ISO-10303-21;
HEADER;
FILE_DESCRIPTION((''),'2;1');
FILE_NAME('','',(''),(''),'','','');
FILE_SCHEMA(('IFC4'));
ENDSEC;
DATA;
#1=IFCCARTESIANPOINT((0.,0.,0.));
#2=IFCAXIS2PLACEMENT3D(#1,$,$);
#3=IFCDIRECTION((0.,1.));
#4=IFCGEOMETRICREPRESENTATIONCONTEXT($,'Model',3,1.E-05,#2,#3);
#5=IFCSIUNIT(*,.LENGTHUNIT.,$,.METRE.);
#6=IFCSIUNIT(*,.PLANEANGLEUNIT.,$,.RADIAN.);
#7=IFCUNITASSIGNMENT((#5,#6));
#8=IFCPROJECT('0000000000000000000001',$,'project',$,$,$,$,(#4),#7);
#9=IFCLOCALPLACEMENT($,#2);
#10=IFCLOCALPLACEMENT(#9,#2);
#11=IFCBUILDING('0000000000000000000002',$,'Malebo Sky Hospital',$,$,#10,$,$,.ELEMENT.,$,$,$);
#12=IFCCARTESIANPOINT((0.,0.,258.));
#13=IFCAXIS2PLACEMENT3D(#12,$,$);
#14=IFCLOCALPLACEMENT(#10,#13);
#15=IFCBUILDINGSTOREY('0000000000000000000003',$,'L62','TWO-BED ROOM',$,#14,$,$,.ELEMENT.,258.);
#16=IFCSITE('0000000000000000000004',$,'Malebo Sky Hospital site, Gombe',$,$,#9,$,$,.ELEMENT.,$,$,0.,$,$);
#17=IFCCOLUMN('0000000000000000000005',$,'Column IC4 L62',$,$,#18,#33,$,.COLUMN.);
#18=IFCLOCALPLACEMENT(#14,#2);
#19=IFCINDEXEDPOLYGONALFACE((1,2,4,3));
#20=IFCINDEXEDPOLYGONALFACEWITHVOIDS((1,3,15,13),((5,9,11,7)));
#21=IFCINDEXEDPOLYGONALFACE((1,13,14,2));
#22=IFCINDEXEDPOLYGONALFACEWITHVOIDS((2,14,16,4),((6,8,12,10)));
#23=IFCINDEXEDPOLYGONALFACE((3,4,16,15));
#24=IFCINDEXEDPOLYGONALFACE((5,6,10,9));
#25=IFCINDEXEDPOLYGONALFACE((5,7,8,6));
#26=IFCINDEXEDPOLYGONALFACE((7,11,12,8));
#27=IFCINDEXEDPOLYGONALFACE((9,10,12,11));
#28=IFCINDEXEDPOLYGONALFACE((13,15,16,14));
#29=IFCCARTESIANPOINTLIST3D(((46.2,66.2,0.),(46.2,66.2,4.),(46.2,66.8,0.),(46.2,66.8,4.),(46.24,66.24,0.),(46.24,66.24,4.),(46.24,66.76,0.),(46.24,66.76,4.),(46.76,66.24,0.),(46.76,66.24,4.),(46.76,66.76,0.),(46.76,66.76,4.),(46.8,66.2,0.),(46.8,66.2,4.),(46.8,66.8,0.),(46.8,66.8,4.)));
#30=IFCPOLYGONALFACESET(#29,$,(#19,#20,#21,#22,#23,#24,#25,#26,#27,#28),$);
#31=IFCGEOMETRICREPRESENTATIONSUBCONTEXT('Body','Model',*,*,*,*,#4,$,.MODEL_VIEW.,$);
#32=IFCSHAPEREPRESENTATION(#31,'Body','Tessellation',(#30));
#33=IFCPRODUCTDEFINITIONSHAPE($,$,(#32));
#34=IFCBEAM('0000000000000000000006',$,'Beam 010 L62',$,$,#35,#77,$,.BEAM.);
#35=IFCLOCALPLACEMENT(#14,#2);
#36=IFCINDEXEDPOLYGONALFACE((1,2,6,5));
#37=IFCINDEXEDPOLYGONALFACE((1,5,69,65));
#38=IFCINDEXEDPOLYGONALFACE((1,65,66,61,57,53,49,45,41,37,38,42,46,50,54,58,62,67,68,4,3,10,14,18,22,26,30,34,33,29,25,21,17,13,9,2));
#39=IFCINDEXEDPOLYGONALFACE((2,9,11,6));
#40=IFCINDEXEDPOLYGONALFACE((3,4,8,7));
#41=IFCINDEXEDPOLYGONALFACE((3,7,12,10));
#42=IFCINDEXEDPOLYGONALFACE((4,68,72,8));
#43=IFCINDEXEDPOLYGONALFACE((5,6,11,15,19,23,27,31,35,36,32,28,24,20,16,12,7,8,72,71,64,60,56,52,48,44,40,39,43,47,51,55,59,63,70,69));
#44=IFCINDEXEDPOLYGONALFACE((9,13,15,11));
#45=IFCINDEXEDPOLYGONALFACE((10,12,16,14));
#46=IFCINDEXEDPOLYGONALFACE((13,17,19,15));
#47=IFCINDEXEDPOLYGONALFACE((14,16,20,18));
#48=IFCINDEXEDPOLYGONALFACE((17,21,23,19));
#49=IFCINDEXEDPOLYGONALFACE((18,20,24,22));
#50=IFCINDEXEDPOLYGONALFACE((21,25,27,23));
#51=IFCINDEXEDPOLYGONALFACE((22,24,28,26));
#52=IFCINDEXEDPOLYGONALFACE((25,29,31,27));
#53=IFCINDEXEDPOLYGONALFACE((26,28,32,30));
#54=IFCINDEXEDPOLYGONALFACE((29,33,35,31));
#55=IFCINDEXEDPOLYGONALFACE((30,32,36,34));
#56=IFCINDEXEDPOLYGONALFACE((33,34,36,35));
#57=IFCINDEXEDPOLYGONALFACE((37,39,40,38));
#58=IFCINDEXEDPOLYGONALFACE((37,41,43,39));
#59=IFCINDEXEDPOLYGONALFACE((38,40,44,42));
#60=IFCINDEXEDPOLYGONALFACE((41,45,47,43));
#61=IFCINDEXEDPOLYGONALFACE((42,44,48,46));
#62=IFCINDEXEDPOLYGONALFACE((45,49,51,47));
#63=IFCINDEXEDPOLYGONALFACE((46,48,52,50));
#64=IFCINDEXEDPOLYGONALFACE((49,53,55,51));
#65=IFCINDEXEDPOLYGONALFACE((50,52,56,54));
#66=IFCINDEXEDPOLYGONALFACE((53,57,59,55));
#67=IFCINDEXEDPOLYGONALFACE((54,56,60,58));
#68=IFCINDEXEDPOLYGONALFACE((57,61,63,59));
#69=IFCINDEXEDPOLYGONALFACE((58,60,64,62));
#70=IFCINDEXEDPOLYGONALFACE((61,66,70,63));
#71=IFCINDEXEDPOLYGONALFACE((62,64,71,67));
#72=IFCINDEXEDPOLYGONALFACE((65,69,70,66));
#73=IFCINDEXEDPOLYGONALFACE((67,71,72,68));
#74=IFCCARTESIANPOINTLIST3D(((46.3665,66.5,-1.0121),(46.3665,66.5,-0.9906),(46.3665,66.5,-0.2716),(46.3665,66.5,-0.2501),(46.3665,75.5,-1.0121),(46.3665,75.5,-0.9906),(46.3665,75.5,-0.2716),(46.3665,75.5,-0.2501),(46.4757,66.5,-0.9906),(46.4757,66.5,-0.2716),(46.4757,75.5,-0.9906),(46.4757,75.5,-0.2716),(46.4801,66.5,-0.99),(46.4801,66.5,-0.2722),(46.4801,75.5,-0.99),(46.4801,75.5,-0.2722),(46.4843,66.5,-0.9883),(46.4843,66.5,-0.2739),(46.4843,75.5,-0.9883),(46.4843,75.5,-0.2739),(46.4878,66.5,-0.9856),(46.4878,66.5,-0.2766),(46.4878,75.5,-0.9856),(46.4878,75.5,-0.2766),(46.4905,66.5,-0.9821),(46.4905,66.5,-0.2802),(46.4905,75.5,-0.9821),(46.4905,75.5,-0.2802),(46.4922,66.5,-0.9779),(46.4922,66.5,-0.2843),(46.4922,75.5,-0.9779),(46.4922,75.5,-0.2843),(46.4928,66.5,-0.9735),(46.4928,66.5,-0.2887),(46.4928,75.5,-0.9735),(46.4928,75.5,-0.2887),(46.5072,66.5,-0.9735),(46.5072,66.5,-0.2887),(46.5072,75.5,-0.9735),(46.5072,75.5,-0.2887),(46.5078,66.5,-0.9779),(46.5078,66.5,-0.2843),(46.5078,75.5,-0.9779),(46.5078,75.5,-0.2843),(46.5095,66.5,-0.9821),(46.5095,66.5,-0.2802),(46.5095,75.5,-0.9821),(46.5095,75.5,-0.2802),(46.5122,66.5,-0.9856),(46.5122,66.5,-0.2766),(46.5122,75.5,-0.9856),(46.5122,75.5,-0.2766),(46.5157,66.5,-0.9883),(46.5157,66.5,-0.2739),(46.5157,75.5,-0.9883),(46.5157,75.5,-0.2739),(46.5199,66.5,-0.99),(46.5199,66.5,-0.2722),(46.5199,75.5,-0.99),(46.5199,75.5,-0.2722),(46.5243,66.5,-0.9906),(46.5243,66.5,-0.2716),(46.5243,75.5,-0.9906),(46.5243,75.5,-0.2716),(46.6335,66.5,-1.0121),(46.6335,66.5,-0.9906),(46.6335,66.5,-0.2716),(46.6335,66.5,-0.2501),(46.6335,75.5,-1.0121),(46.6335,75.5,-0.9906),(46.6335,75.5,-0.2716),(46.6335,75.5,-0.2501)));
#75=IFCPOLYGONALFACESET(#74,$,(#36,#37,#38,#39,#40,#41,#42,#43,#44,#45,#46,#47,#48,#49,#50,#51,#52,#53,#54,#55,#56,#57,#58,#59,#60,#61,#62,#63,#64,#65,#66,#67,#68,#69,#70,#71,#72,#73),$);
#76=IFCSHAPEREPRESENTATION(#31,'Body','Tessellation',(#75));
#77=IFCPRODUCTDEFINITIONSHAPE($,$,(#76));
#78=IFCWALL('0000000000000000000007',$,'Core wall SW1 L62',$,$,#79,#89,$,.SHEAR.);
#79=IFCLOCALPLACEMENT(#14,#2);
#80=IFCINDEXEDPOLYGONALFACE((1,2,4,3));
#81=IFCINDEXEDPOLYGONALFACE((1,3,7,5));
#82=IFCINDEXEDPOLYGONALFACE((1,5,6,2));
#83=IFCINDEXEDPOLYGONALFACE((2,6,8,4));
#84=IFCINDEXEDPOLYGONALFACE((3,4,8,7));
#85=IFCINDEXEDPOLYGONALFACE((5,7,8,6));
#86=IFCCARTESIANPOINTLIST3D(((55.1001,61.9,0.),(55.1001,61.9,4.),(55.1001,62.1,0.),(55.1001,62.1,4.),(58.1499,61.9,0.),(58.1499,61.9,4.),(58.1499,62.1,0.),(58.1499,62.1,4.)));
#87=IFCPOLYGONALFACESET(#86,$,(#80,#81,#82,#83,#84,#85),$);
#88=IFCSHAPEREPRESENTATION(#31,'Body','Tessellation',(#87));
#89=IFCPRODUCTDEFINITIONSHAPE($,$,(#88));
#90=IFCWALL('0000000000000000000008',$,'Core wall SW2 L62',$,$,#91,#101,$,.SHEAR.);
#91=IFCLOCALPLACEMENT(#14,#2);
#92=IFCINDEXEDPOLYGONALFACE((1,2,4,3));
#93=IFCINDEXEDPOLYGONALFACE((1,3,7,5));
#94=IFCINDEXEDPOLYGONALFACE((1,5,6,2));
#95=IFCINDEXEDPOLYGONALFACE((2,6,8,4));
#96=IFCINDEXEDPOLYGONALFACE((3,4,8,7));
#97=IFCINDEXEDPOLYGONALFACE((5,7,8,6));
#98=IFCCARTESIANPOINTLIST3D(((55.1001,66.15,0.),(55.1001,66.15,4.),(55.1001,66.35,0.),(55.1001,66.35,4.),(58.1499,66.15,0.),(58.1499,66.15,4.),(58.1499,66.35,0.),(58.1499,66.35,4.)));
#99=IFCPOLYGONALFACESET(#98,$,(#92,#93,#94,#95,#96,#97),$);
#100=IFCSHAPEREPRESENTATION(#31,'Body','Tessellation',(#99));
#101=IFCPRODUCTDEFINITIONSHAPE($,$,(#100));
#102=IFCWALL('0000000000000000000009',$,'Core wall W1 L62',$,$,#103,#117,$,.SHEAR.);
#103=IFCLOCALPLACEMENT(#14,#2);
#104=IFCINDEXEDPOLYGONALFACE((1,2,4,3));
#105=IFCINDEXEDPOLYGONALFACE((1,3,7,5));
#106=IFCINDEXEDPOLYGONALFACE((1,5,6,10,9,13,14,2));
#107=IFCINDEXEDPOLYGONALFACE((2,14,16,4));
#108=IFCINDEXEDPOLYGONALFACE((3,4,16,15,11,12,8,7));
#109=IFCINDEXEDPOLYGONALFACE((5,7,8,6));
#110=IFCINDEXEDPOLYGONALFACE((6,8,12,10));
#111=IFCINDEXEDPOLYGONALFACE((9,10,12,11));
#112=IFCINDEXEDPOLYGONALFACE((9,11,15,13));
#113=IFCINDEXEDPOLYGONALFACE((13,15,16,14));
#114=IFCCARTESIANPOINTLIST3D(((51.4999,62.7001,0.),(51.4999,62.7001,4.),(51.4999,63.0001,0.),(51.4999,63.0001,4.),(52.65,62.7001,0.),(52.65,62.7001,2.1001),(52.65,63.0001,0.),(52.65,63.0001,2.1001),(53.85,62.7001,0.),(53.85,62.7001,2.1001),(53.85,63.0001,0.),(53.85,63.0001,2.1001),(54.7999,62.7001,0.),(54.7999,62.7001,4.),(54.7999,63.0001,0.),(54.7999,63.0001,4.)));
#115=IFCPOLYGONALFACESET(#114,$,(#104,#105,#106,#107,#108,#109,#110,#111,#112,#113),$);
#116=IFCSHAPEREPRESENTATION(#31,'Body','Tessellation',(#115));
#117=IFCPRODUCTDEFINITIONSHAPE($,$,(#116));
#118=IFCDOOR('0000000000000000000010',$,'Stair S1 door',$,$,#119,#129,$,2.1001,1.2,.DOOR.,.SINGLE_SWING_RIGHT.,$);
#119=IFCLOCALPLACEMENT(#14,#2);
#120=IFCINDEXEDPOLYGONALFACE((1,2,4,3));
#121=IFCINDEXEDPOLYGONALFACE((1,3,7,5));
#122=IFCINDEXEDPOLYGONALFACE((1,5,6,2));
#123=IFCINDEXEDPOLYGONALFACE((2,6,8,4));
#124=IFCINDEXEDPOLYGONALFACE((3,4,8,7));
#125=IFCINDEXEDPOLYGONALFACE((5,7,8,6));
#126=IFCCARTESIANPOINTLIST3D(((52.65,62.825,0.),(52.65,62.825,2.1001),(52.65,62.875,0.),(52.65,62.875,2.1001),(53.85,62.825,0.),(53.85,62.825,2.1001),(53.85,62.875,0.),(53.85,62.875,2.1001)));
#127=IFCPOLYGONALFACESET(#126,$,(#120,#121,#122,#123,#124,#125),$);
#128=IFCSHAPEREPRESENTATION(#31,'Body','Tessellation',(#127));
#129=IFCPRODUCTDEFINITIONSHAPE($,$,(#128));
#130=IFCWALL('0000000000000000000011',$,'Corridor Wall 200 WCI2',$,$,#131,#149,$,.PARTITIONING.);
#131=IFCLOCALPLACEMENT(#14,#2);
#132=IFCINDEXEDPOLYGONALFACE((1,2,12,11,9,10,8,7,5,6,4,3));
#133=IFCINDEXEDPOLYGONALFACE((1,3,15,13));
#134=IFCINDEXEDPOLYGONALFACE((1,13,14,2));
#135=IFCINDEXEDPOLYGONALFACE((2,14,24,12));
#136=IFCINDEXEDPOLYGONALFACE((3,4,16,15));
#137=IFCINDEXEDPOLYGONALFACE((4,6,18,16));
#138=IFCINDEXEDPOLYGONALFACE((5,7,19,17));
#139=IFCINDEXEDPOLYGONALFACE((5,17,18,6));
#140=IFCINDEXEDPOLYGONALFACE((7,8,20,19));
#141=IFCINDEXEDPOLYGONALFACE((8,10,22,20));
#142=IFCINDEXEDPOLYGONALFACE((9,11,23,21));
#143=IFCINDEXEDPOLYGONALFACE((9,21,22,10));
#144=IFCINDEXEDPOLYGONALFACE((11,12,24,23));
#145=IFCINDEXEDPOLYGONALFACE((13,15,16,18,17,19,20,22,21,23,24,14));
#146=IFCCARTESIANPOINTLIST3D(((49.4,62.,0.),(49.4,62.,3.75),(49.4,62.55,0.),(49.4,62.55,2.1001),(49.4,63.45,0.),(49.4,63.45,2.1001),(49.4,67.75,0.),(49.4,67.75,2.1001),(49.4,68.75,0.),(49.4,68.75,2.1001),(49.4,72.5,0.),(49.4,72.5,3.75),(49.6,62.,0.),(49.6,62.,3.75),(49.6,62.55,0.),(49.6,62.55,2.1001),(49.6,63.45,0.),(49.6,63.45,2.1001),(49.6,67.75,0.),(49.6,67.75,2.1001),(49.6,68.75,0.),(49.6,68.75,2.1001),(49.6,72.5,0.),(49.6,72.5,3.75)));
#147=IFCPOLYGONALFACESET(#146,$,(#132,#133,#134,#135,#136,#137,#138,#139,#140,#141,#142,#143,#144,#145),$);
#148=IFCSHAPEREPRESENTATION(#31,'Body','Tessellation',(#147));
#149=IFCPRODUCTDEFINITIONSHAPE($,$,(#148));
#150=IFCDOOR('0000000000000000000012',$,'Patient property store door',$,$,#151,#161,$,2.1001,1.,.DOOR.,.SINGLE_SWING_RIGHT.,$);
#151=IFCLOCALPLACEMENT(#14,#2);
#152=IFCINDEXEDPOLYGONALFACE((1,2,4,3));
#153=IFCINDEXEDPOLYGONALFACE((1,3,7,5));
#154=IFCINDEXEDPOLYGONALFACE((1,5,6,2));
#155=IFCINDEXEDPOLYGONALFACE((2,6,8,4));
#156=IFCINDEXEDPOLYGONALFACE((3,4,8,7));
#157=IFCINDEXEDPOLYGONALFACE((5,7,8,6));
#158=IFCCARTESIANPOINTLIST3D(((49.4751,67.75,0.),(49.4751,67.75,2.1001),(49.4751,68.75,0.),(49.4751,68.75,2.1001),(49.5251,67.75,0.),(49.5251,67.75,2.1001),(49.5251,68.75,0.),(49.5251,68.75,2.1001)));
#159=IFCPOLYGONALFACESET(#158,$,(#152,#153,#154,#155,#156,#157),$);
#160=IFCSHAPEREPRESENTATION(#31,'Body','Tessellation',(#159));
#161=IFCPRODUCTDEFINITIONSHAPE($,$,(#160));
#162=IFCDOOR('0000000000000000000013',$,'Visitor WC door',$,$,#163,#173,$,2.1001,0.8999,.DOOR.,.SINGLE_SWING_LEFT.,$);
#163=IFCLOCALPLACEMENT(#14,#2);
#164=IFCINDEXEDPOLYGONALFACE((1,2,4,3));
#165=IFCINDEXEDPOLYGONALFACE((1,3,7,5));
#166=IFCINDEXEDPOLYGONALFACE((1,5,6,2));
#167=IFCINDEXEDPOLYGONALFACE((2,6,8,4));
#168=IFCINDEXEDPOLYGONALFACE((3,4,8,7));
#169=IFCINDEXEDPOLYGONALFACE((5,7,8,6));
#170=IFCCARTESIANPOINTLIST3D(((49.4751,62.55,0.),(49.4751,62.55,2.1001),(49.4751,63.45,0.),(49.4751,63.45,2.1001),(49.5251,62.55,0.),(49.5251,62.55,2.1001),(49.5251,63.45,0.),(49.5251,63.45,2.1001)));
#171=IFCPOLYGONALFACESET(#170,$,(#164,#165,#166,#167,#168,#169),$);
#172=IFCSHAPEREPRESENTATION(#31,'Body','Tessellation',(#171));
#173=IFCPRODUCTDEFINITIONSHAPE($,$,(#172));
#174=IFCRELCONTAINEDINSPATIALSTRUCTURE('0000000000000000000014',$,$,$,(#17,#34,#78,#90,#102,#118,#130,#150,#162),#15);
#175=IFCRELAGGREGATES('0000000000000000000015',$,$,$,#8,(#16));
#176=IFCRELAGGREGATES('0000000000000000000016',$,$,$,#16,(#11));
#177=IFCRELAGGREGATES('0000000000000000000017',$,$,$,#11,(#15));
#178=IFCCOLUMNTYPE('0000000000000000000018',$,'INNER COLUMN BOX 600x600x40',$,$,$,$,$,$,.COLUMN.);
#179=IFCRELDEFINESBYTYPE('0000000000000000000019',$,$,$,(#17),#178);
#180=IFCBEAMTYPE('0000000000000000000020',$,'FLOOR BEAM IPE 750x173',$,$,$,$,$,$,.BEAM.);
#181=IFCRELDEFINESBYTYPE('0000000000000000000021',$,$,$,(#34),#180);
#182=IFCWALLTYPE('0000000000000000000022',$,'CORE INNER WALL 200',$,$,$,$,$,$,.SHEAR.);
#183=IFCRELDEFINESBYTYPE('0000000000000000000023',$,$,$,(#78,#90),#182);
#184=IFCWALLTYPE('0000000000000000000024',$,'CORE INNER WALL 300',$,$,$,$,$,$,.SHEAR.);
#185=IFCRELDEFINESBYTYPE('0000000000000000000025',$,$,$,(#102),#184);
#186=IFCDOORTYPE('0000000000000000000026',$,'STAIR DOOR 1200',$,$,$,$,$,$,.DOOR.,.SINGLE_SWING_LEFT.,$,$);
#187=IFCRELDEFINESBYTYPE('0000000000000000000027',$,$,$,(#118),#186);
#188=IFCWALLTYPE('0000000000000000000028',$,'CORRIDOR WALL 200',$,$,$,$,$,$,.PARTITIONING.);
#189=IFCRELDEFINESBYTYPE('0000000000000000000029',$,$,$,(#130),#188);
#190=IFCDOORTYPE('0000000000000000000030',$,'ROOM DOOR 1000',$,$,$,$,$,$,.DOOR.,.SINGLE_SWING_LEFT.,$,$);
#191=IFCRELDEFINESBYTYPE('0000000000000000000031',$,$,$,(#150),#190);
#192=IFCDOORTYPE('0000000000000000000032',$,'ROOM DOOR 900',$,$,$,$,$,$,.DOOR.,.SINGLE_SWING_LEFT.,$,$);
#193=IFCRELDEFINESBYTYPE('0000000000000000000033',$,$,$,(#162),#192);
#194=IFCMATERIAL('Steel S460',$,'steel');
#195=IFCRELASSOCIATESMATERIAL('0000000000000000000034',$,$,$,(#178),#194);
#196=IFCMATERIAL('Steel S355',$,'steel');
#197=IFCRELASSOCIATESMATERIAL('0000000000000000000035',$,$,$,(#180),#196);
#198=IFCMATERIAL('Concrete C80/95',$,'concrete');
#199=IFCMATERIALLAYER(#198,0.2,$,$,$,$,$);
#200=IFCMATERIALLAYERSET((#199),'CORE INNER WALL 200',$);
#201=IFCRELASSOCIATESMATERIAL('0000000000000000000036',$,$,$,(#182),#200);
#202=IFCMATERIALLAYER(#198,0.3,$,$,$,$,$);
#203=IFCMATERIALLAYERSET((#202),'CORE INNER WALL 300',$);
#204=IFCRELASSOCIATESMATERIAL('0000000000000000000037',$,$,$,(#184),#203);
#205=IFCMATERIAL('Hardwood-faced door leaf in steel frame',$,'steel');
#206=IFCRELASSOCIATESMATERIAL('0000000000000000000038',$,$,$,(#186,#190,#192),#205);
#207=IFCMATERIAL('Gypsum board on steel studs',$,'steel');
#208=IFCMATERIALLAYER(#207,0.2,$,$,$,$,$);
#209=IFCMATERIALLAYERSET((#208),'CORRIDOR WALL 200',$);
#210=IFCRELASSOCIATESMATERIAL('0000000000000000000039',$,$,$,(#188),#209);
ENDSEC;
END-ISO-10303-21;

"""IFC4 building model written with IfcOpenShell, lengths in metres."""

from ifc_helpers import new_model, si_unit, direction, frame, frame_2d, origin, origin_2d, place, context, subcontext, project, spatial, rectangle, hollow_rectangle, i_section, extrude, material, layer, layer_set, material_profile, profile_set, type_object, element, fill, save


model = new_model("IFC4")

# Units and contexts
model_context = context("Model", 3, precision=1e-05, world=origin(), true_north=direction((0.0, 1.0)))
body_context = subcontext(model_context, "Body", "Model", "MODEL_VIEW")
ifc_project = project(units=[si_unit("LENGTHUNIT", "METRE"), si_unit("PLANEANGLEUNIT", "RADIAN")], contexts=[model_context])

# Site, building, storey
site_placement = place(None, origin())
site = spatial("IfcSite", under=ifc_project, at=site_placement, Name="Malebo Sky Hospital site, Gombe", CompositionType="ELEMENT", RefElevation=0.0)
building_placement = place(site_placement, origin())
building = spatial("IfcBuilding", under=site, at=building_placement, Name="Malebo Sky Hospital", CompositionType="ELEMENT")
storey_placement = place(building_placement, frame((0.0, 0.0, 258.0)))
storey = spatial("IfcBuildingStorey", under=building, at=storey_placement, Name="L62", Description="TWO-BED ROOM", CompositionType="ELEMENT", Elevation=258.0)

# Column
ifc_material_1 = material(Name="Steel S460", Category="steel")
ifc_material_profile_1 = material_profile(ifc_material_1, hollow_rectangle(XDim=0.6001, YDim=0.6001, WallThickness=0.04, at=origin_2d()), Name="BOX 600x600x40")
ifc_profile_set_1 = profile_set([ifc_material_profile_1], Name="Steel S460")
column_type = type_object("IfcColumnType", Name="INNER COLUMN BOX 600x600x40", PredefinedType="COLUMN", material=ifc_profile_set_1)
column_placement = place(storey_placement, frame((46.5, 66.5, 0.0), z_axis=(0.0, 0.0, 1.0), x_axis=(1.0, 0.0, 0.0)))
element("IfcColumn", 1, at=column_placement, inside=storey, type_object=column_type, Name="Column IC4 L62", PredefinedType="COLUMN", context=body_context, shape_type="SweptSolid", body=[
    extrude(hollow_rectangle(XDim=0.6001, YDim=0.6001, WallThickness=0.04, at=origin_2d()), origin(), (0.0, 0.0, 1.0), 4.0),
])

# Beam
ifc_material_2 = material(Name="Steel S355", Category="steel")
ifc_material_profile_2 = material_profile(ifc_material_2, i_section(OverallWidth=0.2671, OverallDepth=0.762, WebThickness=0.0144, FlangeThickness=0.0215, FilletRadius=0.0171, at=origin_2d()), Name="IPE 750x173")
ifc_profile_set_2 = profile_set([ifc_material_profile_2], Name="Steel S355")
beam_type = type_object("IfcBeamType", Name="FLOOR BEAM IPE 750x173", PredefinedType="BEAM", material=ifc_profile_set_2)
beam_placement = place(storey_placement, frame((46.5, 66.5, -0.6311), z_axis=(0.0, 1.0, 0.0), x_axis=(-1.0, 0.0, 0.0)))
element("IfcBeam", 2, at=beam_placement, inside=storey, type_object=beam_type, Name="Beam 010 L62", PredefinedType="BEAM", context=body_context, shape_type="SweptSolid", body=[
    extrude(i_section(OverallWidth=0.2671, OverallDepth=0.762, WebThickness=0.0144, FlangeThickness=0.0215, FilletRadius=0.0171, at=origin_2d()), origin(), (0.0, 0.0, 1.0), 9.0),
])

# Walls
ifc_material_3 = material(Name="Concrete C80/95", Category="concrete")
ifc_layer_1 = layer(ifc_material_3, 0.2)
ifc_layer_set_1 = layer_set([ifc_layer_1], Name="CORE INNER WALL 200")
wall_type_1 = type_object("IfcWallType", Name="CORE INNER WALL 200", PredefinedType="SHEAR", material=ifc_layer_set_1)
for number, where, z_axis, x_axis, name in (
    (3, (55.1001, 62.0, 0.0), (0.0, 0.0, 1.0), (1.0, 0.0, 0.0), "Core wall SW1 L62"),
    (4, (55.1001, 66.25, 0.0), (0.0, 0.0, 1.0), (1.0, 0.0, 0.0), "Core wall SW2 L62"),
):
    element("IfcWall", number, at=place(storey_placement, frame(where, z_axis=z_axis, x_axis=x_axis)), inside=storey, type_object=wall_type_1, Name=name, PredefinedType="SHEAR", context=body_context, shape_type="SweptSolid", body=[
        extrude(rectangle(XDim=3.0498, YDim=0.2, at=frame_2d((1.5249, 0.0))), origin(), (0.0, 0.0, 1.0), 4.0),
    ])

# Wall, opening, door
ifc_layer_2 = layer(ifc_material_3, 0.3)
ifc_layer_set_2 = layer_set([ifc_layer_2], Name="CORE INNER WALL 300")
wall_type_2 = type_object("IfcWallType", Name="CORE INNER WALL 300", PredefinedType="SHEAR", material=ifc_layer_set_2)
wall_1_placement = place(storey_placement, frame((51.5, 62.8501, 0.0), z_axis=(0.0, 0.0, 1.0), x_axis=(1.0, 0.0, 0.0)))
wall_1 = element("IfcWall", 5, at=wall_1_placement, inside=storey, type_object=wall_type_2, Name="Core wall W1 L62", PredefinedType="SHEAR", context=body_context, shape_type="SweptSolid", body=[
    extrude(rectangle(XDim=3.3, YDim=0.3, at=frame_2d((1.6499, 0.0))), origin(), (0.0, 0.0, 1.0), 4.0),
])
opening_1_placement = place(wall_1_placement, frame((1.1499, 0.0, 0.0)))
opening_1 = element("IfcOpeningElement", 6, at=opening_1_placement, cuts=wall_1, PredefinedType="OPENING", context=body_context, shape_type="SweptSolid", body=[
    extrude(rectangle(XDim=1.2, YDim=2.1001, at=frame_2d((0.6001, 1.05))), frame((0.0, 0.1599, 0.0), z_axis=(0.0, -1.0, 0.0), x_axis=(1.0, 0.0, 0.0)), (0.0, 0.0, 1.0), 0.3201),
])
ifc_material_4 = material(Name="Hardwood-faced door leaf in steel frame", Category="steel")
door_type_1 = type_object("IfcDoorType", Name="STAIR DOOR 1200", OperationType="SINGLE_SWING_LEFT", PredefinedType="DOOR", material=ifc_material_4)
door_1_placement = place(opening_1_placement, origin())
door_1 = element("IfcDoor", 7, at=door_1_placement, inside=storey, type_object=door_type_1, Name="Stair S1 door", OperationType="SINGLE_SWING_RIGHT", OverallHeight=2.1001, OverallWidth=1.2, PredefinedType="DOOR", context=body_context, shape_type="SweptSolid", body=[
    extrude(rectangle(XDim=1.2, YDim=2.1001, at=frame_2d((0.6001, 1.05))), frame((0.0, 0.0249, 0.0), z_axis=(0.0, -1.0, 0.0), x_axis=(1.0, 0.0, 0.0)), (0.0, 0.0, 1.0), 0.05),
])
fill(opening_1, door_1)

# Wall, openings, doors
ifc_material_5 = material(Name="Gypsum board on steel studs", Category="steel")
ifc_layer_3 = layer(ifc_material_5, 0.2)
ifc_layer_set_3 = layer_set([ifc_layer_3], Name="CORRIDOR WALL 200")
wall_type_3 = type_object("IfcWallType", Name="CORRIDOR WALL 200", PredefinedType="PARTITIONING", material=ifc_layer_set_3)
wall_2_placement = place(storey_placement, frame((49.5, 62.0, 0.0), z_axis=(0.0, 0.0, 1.0), x_axis=(0.0, 1.0, 0.0)))
wall_2 = element("IfcWall", 8, at=wall_2_placement, inside=storey, type_object=wall_type_3, Name="Corridor Wall 200 WCI2", PredefinedType="PARTITIONING", context=body_context, shape_type="SweptSolid", body=[
    extrude(rectangle(XDim=10.5, YDim=0.2, at=frame_2d((5.25, 0.0))), origin(), (0.0, 0.0, 1.0), 3.75),
])
opening_2_placement = place(wall_2_placement, frame((0.55, 0.0, 0.0)))
opening_2 = element("IfcOpeningElement", 9, at=opening_2_placement, cuts=wall_2, PredefinedType="OPENING", context=body_context, shape_type="SweptSolid", body=[
    extrude(rectangle(XDim=0.8999, YDim=2.1001, at=frame_2d((0.45, 1.05))), frame((0.0, 0.1099, 0.0), z_axis=(0.0, -1.0, 0.0), x_axis=(1.0, 0.0, 0.0)), (0.0, 0.0, 1.0), 0.22),
])
opening_3_placement = place(wall_2_placement, frame((5.75, 0.0, 0.0)))
opening_3 = element("IfcOpeningElement", 10, at=opening_3_placement, cuts=wall_2, PredefinedType="OPENING", context=body_context, shape_type="SweptSolid", body=[
    extrude(rectangle(XDim=1.0, YDim=2.1001, at=frame_2d((0.5, 1.05))), frame((0.0, 0.1099, 0.0), z_axis=(0.0, -1.0, 0.0), x_axis=(1.0, 0.0, 0.0)), (0.0, 0.0, 1.0), 0.22),
])
door_type_2 = type_object("IfcDoorType", Name="ROOM DOOR 1000", OperationType="SINGLE_SWING_LEFT", PredefinedType="DOOR", material=ifc_material_4)
door_2_placement = place(opening_3_placement, origin())
door_2 = element("IfcDoor", 11, at=door_2_placement, inside=storey, type_object=door_type_2, Name="Patient property store door", OperationType="SINGLE_SWING_RIGHT", OverallHeight=2.1001, OverallWidth=1.0, PredefinedType="DOOR", context=body_context, shape_type="SweptSolid", body=[
    extrude(rectangle(XDim=1.0, YDim=2.1001, at=frame_2d((0.5, 1.05))), frame((0.0, 0.0249, 0.0), z_axis=(0.0, -1.0, 0.0), x_axis=(1.0, 0.0, 0.0)), (0.0, 0.0, 1.0), 0.05),
])
fill(opening_3, door_2)
door_type_3 = type_object("IfcDoorType", Name="ROOM DOOR 900", OperationType="SINGLE_SWING_LEFT", PredefinedType="DOOR", material=ifc_material_4)
door_3_placement = place(opening_2_placement, origin())
door_3 = element("IfcDoor", 12, at=door_3_placement, inside=storey, type_object=door_type_3, Name="Visitor WC door", OperationType="SINGLE_SWING_LEFT", OverallHeight=2.1001, OverallWidth=0.8999, PredefinedType="DOOR", context=body_context, shape_type="SweptSolid", body=[
    extrude(rectangle(XDim=0.8999, YDim=2.1001, at=frame_2d((0.45, 1.05))), frame((0.0, 0.0249, 0.0), z_axis=(0.0, -1.0, 0.0), x_axis=(1.0, 0.0, 0.0)), (0.0, 0.0, 1.0), 0.05),
])
fill(opening_2, door_3)

save(model, "model.ifc")
